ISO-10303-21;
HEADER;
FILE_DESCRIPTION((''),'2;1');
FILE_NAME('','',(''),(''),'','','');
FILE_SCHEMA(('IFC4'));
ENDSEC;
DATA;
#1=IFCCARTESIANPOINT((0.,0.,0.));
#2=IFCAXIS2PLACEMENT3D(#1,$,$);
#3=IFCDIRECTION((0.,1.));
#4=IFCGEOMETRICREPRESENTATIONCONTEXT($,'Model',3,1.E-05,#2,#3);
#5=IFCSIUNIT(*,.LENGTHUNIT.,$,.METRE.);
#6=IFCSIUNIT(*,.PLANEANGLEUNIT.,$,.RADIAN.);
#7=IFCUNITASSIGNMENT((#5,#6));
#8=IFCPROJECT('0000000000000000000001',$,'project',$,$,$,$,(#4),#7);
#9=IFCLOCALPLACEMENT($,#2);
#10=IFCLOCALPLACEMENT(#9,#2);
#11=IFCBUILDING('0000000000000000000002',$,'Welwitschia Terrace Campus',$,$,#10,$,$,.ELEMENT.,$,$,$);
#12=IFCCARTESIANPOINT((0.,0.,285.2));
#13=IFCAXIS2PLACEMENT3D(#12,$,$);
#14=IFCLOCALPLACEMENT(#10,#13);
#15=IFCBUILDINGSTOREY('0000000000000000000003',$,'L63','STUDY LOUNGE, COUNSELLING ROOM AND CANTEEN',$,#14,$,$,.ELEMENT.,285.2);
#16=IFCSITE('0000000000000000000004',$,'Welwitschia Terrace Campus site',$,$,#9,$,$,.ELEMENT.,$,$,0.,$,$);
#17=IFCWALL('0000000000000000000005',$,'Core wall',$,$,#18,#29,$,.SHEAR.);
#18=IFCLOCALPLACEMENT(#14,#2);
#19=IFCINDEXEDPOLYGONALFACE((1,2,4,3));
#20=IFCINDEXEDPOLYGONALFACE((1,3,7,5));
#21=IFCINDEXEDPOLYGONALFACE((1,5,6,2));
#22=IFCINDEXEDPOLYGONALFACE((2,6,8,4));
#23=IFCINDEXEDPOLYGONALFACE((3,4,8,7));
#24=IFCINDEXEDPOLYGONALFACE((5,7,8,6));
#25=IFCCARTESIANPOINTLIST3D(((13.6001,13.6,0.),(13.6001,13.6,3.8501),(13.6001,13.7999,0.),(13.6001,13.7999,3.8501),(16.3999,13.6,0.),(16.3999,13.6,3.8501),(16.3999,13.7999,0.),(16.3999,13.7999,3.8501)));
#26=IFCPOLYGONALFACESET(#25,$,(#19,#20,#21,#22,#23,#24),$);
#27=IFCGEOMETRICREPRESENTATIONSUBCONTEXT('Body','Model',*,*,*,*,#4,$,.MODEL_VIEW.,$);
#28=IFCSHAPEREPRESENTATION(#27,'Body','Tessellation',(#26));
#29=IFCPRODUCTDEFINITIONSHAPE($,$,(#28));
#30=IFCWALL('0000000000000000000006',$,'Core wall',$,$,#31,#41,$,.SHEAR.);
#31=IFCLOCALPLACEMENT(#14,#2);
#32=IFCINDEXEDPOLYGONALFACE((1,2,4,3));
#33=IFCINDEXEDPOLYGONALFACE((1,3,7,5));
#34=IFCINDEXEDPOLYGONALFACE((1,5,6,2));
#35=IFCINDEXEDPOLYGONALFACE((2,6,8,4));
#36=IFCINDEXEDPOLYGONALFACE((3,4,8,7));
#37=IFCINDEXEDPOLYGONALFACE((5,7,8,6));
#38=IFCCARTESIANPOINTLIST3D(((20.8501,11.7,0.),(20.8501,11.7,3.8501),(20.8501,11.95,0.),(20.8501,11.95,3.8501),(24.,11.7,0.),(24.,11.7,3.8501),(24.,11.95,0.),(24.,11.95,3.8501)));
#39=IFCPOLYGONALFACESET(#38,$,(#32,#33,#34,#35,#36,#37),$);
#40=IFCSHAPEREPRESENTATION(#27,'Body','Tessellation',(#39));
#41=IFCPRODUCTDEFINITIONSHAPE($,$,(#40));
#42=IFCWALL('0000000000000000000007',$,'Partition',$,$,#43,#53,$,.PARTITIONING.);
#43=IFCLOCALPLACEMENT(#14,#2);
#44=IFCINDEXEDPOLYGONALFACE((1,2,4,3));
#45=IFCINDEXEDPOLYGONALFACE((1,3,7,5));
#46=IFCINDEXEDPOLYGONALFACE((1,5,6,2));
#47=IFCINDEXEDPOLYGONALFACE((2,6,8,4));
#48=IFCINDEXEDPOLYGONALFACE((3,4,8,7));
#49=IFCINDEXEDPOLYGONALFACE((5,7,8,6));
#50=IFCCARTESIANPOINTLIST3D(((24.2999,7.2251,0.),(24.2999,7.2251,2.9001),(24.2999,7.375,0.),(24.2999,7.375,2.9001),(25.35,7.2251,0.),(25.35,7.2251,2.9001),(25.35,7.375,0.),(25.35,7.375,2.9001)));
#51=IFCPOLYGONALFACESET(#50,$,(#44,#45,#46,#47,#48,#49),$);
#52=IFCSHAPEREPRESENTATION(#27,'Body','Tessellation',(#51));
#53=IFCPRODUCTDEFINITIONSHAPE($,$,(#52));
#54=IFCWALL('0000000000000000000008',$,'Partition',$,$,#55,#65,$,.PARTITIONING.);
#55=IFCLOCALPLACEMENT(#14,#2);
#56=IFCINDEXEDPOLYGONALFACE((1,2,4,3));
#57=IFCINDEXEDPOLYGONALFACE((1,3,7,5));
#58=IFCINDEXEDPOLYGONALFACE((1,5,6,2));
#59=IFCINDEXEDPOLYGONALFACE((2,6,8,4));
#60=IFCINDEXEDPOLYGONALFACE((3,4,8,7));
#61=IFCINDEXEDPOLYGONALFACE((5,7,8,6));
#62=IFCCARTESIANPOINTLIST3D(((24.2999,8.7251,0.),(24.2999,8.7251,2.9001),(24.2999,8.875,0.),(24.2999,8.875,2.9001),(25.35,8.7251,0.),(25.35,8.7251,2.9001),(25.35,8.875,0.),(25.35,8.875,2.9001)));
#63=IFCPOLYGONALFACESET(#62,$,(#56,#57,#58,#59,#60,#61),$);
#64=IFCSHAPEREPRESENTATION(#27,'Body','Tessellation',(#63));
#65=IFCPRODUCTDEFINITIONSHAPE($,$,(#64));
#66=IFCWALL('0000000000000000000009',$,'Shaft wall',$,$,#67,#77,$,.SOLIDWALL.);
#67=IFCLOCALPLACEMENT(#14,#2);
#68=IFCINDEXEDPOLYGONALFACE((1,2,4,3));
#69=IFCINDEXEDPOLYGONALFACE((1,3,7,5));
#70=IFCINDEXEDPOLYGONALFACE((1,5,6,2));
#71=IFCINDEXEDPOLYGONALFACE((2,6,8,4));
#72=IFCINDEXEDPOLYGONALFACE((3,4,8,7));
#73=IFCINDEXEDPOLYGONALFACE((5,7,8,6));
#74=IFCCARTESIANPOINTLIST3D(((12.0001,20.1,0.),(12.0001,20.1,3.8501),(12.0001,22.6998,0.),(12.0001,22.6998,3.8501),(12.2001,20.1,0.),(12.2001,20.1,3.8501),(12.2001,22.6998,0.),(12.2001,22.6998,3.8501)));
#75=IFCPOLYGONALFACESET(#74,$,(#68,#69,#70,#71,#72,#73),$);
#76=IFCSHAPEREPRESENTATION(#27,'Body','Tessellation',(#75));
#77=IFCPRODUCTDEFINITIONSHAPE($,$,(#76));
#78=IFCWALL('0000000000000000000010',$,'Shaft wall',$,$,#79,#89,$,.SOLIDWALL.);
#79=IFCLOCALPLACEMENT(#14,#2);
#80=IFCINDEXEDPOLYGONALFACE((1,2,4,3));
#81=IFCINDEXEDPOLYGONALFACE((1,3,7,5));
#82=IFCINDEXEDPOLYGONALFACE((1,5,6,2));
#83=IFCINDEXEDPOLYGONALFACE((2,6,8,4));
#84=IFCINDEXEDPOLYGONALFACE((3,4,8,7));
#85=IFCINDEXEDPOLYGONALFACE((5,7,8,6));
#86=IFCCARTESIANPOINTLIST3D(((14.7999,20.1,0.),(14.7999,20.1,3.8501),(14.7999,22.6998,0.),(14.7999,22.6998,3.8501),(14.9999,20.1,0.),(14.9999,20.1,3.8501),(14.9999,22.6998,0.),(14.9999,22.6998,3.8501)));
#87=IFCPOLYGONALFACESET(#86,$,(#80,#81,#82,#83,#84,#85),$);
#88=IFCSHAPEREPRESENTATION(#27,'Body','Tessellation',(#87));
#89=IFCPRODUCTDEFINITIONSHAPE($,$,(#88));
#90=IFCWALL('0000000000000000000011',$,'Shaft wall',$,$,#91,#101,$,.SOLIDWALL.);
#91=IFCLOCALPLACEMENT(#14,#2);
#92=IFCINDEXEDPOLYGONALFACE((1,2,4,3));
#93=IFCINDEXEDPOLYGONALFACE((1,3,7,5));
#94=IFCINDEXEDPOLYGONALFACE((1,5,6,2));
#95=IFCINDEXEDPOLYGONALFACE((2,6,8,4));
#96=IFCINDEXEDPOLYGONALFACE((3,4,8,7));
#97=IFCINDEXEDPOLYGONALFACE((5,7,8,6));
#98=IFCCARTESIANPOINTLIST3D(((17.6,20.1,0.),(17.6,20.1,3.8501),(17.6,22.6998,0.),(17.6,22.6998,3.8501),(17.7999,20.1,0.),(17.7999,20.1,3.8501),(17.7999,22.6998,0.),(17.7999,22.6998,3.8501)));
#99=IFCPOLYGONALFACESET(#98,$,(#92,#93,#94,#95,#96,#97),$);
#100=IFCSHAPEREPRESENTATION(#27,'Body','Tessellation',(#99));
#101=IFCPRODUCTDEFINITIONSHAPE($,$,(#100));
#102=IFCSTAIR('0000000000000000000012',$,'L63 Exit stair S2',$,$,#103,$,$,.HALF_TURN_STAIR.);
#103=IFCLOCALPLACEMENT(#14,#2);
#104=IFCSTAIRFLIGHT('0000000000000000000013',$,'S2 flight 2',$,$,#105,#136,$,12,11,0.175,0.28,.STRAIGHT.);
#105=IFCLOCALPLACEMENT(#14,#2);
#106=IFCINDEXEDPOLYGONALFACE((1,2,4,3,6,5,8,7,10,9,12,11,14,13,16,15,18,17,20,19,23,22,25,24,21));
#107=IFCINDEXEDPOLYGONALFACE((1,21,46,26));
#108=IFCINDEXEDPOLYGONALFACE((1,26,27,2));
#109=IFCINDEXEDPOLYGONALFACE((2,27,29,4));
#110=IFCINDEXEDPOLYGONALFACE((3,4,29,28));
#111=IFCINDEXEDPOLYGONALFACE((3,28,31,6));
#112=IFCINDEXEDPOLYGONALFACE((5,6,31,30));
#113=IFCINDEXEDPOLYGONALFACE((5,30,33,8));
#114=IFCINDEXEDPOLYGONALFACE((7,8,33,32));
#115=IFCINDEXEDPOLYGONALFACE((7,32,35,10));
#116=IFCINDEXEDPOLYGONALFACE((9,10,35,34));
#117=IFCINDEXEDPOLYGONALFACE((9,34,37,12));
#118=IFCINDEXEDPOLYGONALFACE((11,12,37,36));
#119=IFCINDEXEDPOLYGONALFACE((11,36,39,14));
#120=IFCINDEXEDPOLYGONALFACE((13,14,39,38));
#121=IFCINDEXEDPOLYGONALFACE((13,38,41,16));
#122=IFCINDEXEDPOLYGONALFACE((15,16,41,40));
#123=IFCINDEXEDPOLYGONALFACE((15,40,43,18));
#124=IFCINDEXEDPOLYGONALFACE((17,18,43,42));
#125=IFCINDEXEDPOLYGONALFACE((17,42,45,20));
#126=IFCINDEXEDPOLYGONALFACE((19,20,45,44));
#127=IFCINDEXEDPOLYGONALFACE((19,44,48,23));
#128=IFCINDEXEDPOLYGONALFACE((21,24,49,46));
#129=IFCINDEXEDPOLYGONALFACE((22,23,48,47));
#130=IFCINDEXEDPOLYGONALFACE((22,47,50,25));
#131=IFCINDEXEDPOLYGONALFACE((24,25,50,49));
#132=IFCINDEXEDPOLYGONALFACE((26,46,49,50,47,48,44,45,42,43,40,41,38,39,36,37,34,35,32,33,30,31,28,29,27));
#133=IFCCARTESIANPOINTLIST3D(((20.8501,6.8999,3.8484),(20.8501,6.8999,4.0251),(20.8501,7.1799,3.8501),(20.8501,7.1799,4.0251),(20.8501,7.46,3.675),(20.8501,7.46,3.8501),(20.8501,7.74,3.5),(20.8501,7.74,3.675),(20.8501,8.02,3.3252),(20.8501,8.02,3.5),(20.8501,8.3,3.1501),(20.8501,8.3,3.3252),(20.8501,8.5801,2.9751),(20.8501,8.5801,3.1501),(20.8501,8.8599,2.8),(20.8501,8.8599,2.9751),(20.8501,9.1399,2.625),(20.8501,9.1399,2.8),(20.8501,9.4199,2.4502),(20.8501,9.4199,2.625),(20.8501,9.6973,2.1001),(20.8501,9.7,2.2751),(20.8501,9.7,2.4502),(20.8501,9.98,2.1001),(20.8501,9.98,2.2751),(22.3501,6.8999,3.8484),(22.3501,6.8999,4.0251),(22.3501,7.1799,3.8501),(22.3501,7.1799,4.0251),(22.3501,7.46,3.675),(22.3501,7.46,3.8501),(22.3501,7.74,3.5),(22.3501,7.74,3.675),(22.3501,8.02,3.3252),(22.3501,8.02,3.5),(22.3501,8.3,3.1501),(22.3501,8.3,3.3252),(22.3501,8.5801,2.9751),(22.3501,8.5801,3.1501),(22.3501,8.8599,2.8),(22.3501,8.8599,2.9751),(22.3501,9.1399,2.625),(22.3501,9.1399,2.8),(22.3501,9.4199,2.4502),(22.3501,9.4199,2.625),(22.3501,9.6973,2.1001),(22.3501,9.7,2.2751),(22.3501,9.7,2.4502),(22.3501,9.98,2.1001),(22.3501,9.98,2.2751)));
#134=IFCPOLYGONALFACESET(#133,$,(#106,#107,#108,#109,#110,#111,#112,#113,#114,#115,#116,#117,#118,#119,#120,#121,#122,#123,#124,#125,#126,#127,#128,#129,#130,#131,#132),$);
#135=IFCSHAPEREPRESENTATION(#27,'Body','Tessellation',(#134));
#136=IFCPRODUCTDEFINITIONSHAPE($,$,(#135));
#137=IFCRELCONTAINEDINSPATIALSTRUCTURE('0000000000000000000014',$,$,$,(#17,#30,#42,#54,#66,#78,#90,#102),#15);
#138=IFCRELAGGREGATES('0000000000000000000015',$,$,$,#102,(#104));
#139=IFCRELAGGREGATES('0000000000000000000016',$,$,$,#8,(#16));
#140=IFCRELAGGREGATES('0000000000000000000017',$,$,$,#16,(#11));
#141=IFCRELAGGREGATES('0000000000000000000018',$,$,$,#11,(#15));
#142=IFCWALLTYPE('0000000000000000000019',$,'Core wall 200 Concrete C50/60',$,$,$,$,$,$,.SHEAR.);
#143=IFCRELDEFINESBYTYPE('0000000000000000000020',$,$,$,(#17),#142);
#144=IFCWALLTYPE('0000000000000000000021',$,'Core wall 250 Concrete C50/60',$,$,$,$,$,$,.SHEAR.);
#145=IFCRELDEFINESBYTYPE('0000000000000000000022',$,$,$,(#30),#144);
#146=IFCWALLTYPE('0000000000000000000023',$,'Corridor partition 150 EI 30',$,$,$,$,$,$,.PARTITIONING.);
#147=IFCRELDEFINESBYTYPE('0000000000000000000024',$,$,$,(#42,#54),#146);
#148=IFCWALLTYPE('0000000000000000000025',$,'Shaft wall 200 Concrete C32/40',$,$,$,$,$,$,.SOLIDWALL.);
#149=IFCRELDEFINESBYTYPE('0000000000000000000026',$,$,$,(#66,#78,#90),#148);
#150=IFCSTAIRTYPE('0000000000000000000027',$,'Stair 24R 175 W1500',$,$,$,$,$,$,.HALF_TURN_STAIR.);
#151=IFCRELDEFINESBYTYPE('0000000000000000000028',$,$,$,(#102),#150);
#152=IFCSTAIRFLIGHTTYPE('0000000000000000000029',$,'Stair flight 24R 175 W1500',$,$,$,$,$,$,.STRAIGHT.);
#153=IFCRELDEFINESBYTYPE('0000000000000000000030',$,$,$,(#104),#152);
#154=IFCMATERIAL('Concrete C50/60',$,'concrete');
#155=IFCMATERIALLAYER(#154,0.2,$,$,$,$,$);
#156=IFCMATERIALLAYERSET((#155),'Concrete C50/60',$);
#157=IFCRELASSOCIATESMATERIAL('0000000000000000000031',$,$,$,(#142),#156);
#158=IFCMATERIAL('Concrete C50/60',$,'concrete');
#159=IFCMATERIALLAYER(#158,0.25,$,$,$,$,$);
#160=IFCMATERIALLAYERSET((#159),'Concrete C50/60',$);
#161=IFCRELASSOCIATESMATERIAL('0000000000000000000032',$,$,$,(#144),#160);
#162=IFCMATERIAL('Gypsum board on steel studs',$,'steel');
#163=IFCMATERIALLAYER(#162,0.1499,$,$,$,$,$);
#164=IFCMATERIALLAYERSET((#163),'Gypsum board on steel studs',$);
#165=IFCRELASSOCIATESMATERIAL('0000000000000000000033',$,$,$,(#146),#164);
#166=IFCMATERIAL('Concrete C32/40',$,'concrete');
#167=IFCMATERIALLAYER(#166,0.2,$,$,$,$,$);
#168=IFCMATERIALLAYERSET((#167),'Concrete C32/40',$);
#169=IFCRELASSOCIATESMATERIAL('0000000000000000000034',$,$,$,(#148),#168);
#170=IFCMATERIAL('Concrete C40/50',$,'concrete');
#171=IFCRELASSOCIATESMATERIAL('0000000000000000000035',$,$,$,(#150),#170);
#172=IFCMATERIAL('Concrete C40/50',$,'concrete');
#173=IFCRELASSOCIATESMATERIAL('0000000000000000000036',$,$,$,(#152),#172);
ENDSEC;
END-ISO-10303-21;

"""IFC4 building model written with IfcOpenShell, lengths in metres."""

from ifc_helpers import new_model, si_unit, direction, frame, frame_2d, origin, place, context, subcontext, project, spatial, polyline, rectangle, outline, extrude, material, layer, layer_set, type_object, element, aggregate, save


model = new_model("IFC4")

# Units and contexts
model_context = context("Model", 3, precision=1e-05, world=origin(), true_north=direction((0.0, 1.0)))
body_context = subcontext(model_context, "Body", "Model", "MODEL_VIEW")
ifc_project = project(units=[si_unit("LENGTHUNIT", "METRE"), si_unit("PLANEANGLEUNIT", "RADIAN")], contexts=[model_context])

# Site, building, storey
site_placement = place(None, origin())
site = spatial("IfcSite", under=ifc_project, at=site_placement, Name="Welwitschia Terrace Campus site", CompositionType="ELEMENT", RefElevation=0.0)
building_placement = place(site_placement, origin())
building = spatial("IfcBuilding", under=site, at=building_placement, Name="Welwitschia Terrace Campus", CompositionType="ELEMENT")
storey_placement = place(building_placement, frame((0.0, 0.0, 285.2)))
storey = spatial("IfcBuildingStorey", under=building, at=storey_placement, Name="L63", Description="STUDY LOUNGE, COUNSELLING ROOM AND CANTEEN", CompositionType="ELEMENT", Elevation=285.2)

# Walls
ifc_material_1 = material(Name="Concrete C50/60", Category="concrete")
ifc_layer_1 = layer(ifc_material_1, 0.2)
ifc_layer_set_1 = layer_set([ifc_layer_1], Name="Concrete C50/60")
wall_type_1 = type_object("IfcWallType", Name="Core wall 200 Concrete C50/60", PredefinedType="SHEAR", material=ifc_layer_set_1)
for number, where, z_axis, x_axis, name in (
    (1, (13.6001, 13.7, 0.0), (0.0, 0.0, 1.0), (1.0, 0.0, 0.0), "Core wall"),
):
    element("IfcWall", number, at=place(storey_placement, frame(where, z_axis=z_axis, x_axis=x_axis)), inside=storey, type_object=wall_type_1, Name=name, PredefinedType="SHEAR", context=body_context, shape_type="SweptSolid", body=[
        extrude(rectangle(XDim=2.7998, YDim=0.2, at=frame_2d((1.3999, 0.0))), origin(), (0.0, 0.0, 1.0), 3.8501),
    ])
ifc_material_2 = material(Name="Concrete C50/60", Category="concrete")
ifc_layer_2 = layer(ifc_material_2, 0.25)
ifc_layer_set_2 = layer_set([ifc_layer_2], Name="Concrete C50/60")
wall_type_2 = type_object("IfcWallType", Name="Core wall 250 Concrete C50/60", PredefinedType="SHEAR", material=ifc_layer_set_2)
wall_1_placement = place(storey_placement, frame((20.8501, 11.825, 0.0), z_axis=(0.0, 0.0, 1.0), x_axis=(1.0, 0.0, 0.0)))
element("IfcWall", 2, at=wall_1_placement, inside=storey, type_object=wall_type_2, Name="Core wall", PredefinedType="SHEAR", context=body_context, shape_type="SweptSolid", body=[
    extrude(rectangle(XDim=3.1499, YDim=0.25, at=frame_2d((1.575, 0.0))), origin(), (0.0, 0.0, 1.0), 3.8501),
])
ifc_material_3 = material(Name="Gypsum board on steel studs", Category="steel")
ifc_layer_3 = layer(ifc_material_3, 0.1499)
ifc_layer_set_3 = layer_set([ifc_layer_3], Name="Gypsum board on steel studs")
wall_type_3 = type_object("IfcWallType", Name="Corridor partition 150 EI 30", PredefinedType="PARTITIONING", material=ifc_layer_set_3)
for number, where, z_axis, x_axis, name in (
    (3, (24.3, 7.3, 0.0), (0.0, 0.0, 1.0), (1.0, 0.0, 0.0), "Partition"),
    (4, (24.3, 8.8, 0.0), (0.0, 0.0, 1.0), (1.0, 0.0, 0.0), "Partition"),
):
    element("IfcWall", number, at=place(storey_placement, frame(where, z_axis=z_axis, x_axis=x_axis)), inside=storey, type_object=wall_type_3, Name=name, PredefinedType="PARTITIONING", context=body_context, shape_type="SweptSolid", body=[
        extrude(rectangle(XDim=1.05, YDim=0.1499, at=frame_2d((0.5249, 0.0))), origin(), (0.0, 0.0, 1.0), 2.9001),
    ])
ifc_material_4 = material(Name="Concrete C32/40", Category="concrete")
ifc_layer_4 = layer(ifc_material_4, 0.2)
ifc_layer_set_4 = layer_set([ifc_layer_4], Name="Concrete C32/40")
wall_type_4 = type_object("IfcWallType", Name="Shaft wall 200 Concrete C32/40", PredefinedType="SOLIDWALL", material=ifc_layer_set_4)
for number, where, z_axis, x_axis, name in (
    (5, (12.1001, 20.1001, 0.0), (0.0, 0.0, 1.0), (0.0, 1.0, 0.0), "Shaft wall"),
    (6, (14.8999, 20.1001, 0.0), (0.0, 0.0, 1.0), (0.0, 1.0, 0.0), "Shaft wall"),
    (7, (17.7, 20.1001, 0.0), (0.0, 0.0, 1.0), (0.0, 1.0, 0.0), "Shaft wall"),
):
    element("IfcWall", number, at=place(storey_placement, frame(where, z_axis=z_axis, x_axis=x_axis)), inside=storey, type_object=wall_type_4, Name=name, PredefinedType="SOLIDWALL", context=body_context, shape_type="SweptSolid", body=[
        extrude(rectangle(XDim=2.5999, YDim=0.2, at=frame_2d((1.2998, 0.0))), origin(), (0.0, 0.0, 1.0), 3.8501),
    ])

# Stair, stair flight
ifc_material_5 = material(Name="Concrete C40/50", Category="concrete")
stair_type = type_object("IfcStairType", Name="Stair 24R 175 W1500", PredefinedType="HALF_TURN_STAIR", material=ifc_material_5)
stair_placement = place(storey_placement, origin())
stair = element("IfcStair", 8, at=stair_placement, inside=storey, type_object=stair_type, Name="L63 Exit stair S2", PredefinedType="HALF_TURN_STAIR")
ifc_material_6 = material(Name="Concrete C40/50", Category="concrete")
stair_flight_type = type_object("IfcStairFlightType", Name="Stair flight 24R 175 W1500", PredefinedType="STRAIGHT", material=ifc_material_6)
stair_flight_placement = place(storey_placement, frame((21.6001, 9.98, 2.1001), z_axis=(0.0, 0.0, 1.0), x_axis=(0.0, -1.0, 0.0)))
stair_flight = element("IfcStairFlight", 9, at=stair_flight_placement, type_object=stair_flight_type, Name="S2 flight 2", NumberOfRisers=12, NumberOfTreads=11, PredefinedType="STRAIGHT", RiserHeight=0.175, TreadLength=0.28, context=body_context, shape_type="SweptSolid", body=[
    extrude(outline(polyline([(0.0, 0.0), (0.0, 0.175), (0.28, 0.175), (0.28, 0.3501), (0.5601, 0.3501), (0.5601, 0.5249), (0.8401, 0.5249), (0.8401, 0.7), (1.1201, 0.7), (1.1201, 0.875), (1.3999, 0.875), (1.3999, 1.05), (1.6799, 1.05), (1.6799, 1.2251), (1.96, 1.2251), (1.96, 1.3999), (2.24, 1.3999), (2.24, 1.575), (2.52, 1.575), (2.52, 1.75), (2.8, 1.75), (2.8, 1.925), (3.0801, 1.925), (3.0801, 2.1001), (3.0801, 1.7483), (0.2827, 0.0), (0.0, 0.0)])), frame((0.0, 0.75, 0.0), z_axis=(0.0, -1.0, 0.0), x_axis=(1.0, 0.0, 0.0)), (0.0, 0.0, 1.0), 1.5),
])
aggregate(stair, [stair_flight])

save(model, "model.ifc")
